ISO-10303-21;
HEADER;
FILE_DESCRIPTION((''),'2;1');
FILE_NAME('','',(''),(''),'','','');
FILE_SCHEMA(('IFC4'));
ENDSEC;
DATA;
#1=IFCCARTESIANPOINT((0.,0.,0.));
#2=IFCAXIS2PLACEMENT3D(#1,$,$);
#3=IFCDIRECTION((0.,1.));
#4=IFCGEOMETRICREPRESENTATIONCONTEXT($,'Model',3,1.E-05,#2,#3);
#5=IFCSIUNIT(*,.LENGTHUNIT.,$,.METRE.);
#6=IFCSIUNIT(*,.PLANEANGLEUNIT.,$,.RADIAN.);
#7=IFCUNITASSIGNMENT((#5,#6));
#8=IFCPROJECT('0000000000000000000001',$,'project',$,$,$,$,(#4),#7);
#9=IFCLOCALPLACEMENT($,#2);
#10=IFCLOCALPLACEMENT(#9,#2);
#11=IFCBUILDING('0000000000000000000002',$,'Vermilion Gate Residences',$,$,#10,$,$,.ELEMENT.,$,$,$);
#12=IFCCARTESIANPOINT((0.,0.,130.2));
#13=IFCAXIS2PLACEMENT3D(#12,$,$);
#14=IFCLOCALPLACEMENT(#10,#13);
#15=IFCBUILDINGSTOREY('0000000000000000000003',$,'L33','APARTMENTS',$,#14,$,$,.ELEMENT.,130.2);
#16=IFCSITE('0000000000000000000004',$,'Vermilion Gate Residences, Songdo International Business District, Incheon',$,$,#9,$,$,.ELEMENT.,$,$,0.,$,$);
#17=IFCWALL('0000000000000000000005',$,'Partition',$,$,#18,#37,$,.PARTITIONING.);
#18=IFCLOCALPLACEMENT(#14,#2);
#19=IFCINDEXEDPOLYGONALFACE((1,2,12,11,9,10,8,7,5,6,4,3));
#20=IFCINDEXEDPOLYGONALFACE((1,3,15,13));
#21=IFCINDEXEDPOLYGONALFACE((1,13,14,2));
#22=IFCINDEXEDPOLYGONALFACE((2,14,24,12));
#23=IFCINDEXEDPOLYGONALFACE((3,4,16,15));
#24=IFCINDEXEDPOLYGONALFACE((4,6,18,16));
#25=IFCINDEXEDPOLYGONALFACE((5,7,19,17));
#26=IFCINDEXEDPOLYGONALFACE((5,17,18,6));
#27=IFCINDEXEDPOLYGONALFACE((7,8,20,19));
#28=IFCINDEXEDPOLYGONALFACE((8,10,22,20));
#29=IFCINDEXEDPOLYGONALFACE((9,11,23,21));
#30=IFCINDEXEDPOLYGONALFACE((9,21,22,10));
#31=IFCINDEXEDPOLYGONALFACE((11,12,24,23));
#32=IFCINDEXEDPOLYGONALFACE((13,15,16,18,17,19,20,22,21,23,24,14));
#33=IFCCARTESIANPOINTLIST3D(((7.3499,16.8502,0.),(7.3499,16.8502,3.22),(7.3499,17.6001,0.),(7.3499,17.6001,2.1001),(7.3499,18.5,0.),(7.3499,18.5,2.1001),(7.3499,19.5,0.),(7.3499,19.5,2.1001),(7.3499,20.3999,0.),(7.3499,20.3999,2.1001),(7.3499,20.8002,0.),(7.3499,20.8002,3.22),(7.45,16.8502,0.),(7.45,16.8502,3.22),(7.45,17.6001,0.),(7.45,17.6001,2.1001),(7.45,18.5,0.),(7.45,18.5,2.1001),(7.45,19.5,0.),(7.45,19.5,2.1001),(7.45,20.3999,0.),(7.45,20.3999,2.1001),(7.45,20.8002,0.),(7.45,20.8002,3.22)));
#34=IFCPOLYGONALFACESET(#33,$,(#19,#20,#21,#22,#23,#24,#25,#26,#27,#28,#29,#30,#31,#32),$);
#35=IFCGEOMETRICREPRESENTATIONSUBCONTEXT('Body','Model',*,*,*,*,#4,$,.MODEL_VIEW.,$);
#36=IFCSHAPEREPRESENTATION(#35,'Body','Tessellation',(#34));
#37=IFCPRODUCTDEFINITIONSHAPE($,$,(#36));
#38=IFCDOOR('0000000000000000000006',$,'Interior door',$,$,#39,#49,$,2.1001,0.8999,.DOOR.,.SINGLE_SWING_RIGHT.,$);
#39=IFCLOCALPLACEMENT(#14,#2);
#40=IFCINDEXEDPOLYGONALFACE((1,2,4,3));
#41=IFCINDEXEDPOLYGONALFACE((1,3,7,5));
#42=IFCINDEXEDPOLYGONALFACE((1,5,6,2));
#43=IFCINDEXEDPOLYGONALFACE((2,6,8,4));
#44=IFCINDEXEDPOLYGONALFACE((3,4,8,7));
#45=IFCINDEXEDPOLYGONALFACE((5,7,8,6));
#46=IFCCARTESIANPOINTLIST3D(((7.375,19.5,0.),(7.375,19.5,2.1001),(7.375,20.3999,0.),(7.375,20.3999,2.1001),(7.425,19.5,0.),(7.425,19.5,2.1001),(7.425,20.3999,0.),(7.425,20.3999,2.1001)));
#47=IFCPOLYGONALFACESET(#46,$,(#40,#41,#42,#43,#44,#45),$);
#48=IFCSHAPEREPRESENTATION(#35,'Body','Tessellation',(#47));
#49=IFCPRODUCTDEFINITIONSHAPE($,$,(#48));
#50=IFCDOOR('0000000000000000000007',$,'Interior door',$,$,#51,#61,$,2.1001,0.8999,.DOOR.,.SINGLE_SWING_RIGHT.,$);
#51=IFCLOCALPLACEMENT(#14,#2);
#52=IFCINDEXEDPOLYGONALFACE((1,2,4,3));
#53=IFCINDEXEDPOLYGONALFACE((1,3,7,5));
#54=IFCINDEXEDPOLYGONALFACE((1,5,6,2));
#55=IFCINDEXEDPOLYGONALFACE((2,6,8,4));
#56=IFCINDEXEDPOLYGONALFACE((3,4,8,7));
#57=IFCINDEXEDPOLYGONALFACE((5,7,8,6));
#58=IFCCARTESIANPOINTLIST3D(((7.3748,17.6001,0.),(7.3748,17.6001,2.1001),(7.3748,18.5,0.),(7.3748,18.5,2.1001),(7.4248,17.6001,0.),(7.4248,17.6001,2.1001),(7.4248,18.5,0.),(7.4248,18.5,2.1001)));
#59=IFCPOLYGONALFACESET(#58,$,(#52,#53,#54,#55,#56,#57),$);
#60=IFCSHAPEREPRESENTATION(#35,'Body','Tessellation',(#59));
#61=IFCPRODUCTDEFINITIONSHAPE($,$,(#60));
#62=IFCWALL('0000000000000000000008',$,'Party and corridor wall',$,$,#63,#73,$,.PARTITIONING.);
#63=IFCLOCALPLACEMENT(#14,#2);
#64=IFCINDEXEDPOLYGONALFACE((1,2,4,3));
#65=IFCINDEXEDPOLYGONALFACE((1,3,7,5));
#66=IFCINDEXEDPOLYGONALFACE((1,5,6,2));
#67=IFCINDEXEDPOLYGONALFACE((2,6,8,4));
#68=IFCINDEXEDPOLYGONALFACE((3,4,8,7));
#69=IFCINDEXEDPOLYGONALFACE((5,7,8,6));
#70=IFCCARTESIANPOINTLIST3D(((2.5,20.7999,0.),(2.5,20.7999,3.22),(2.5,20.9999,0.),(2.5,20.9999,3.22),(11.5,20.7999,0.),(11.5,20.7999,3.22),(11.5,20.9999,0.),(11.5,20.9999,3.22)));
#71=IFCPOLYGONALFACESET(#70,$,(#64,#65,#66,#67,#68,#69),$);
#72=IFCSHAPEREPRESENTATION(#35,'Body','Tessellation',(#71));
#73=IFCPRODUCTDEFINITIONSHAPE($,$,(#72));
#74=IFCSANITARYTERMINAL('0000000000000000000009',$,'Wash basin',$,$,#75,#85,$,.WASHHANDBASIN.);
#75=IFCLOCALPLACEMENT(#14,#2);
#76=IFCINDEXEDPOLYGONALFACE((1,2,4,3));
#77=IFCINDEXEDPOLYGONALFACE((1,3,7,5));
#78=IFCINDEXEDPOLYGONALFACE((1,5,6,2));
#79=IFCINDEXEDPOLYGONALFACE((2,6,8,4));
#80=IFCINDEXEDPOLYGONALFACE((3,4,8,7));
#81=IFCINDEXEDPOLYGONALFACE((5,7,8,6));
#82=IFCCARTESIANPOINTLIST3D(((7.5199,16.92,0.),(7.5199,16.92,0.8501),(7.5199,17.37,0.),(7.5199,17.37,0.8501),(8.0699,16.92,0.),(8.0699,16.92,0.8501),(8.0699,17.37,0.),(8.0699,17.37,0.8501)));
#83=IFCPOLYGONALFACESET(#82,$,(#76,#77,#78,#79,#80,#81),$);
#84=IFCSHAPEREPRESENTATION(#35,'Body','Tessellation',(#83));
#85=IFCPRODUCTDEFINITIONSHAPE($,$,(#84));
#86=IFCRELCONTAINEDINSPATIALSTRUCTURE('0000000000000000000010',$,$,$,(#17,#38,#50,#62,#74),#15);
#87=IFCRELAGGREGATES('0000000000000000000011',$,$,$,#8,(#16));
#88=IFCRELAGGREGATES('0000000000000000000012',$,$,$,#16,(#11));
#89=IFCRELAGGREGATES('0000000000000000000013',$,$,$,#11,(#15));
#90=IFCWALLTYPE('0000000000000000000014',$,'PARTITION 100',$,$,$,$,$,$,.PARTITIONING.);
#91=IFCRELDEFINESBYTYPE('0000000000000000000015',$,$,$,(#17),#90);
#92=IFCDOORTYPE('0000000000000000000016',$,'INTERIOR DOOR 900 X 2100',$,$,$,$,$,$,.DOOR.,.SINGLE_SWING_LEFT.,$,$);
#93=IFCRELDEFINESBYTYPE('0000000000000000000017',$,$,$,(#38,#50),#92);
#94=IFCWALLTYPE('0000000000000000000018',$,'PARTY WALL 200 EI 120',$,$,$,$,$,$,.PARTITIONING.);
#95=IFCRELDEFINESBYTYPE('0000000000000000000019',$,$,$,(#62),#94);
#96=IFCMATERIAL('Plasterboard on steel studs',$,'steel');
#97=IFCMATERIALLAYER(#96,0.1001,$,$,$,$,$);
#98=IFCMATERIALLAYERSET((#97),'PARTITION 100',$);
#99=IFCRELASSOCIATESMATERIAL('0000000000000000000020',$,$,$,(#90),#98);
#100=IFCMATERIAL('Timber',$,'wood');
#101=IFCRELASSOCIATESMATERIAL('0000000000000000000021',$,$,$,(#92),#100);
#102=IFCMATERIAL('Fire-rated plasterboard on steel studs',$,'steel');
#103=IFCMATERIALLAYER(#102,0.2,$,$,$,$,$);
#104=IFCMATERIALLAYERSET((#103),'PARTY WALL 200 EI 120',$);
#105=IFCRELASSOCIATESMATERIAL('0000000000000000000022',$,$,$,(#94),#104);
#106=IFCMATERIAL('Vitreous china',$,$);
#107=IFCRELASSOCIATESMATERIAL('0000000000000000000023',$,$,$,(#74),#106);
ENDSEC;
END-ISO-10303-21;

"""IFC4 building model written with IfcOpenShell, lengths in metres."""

from ifc_helpers import new_model, si_unit, direction, frame, frame_2d, origin, origin_2d, place, context, subcontext, project, spatial, rectangle, extrude, material, layer, layer_set, type_object, element, fill, save


model = new_model("IFC4")

# Units and contexts
model_context = context("Model", 3, precision=1e-05, world=origin(), true_north=direction((0.0, 1.0)))
body_context = subcontext(model_context, "Body", "Model", "MODEL_VIEW")
ifc_project = project(units=[si_unit("LENGTHUNIT", "METRE"), si_unit("PLANEANGLEUNIT", "RADIAN")], contexts=[model_context])

# Site, building, storey
site_placement = place(None, origin())
site = spatial("IfcSite", under=ifc_project, at=site_placement, Name="Vermilion Gate Residences, Songdo International Business District, Incheon", CompositionType="ELEMENT", RefElevation=0.0)
building_placement = place(site_placement, origin())
building = spatial("IfcBuilding", under=site, at=building_placement, Name="Vermilion Gate Residences", CompositionType="ELEMENT")
storey_placement = place(building_placement, frame((0.0, 0.0, 130.2)))
storey = spatial("IfcBuildingStorey", under=building, at=storey_placement, Name="L33", Description="APARTMENTS", CompositionType="ELEMENT", Elevation=130.2)

# Shared definitions
ifc_material_1 = material(Name="Plasterboard on steel studs", Category="steel")
ifc_layer_1 = layer(ifc_material_1, 0.1001)
ifc_layer_set_1 = layer_set([ifc_layer_1], Name="PARTITION 100")
wall_type_1 = type_object("IfcWallType", Name="PARTITION 100", PredefinedType="PARTITIONING", material=ifc_layer_set_1)
ifc_material_2 = material(Name="Timber", Category="wood")
door_type = type_object("IfcDoorType", Name="INTERIOR DOOR 900 X 2100", OperationType="SINGLE_SWING_LEFT", PredefinedType="DOOR", material=ifc_material_2)

# Wall, openings, doors
wall_1_placement = place(storey_placement, frame((7.3999, 16.8501, 0.0), z_axis=(0.0, 0.0, 1.0), x_axis=(0.0, 1.0, 0.0)))
wall_1 = element("IfcWall", 1, at=wall_1_placement, inside=storey, type_object=wall_type_1, Name="Partition", PredefinedType="PARTITIONING", context=body_context, shape_type="SweptSolid", body=[
    extrude(rectangle(XDim=3.95, YDim=0.1001, at=frame_2d((1.9751, 0.0))), origin(), (0.0, 0.0, 1.0), 3.22),
])
opening_1_placement = place(wall_1_placement, frame((2.6499, 0.0, 0.0)))
opening_1 = element("IfcOpeningElement", 2, at=opening_1_placement, cuts=wall_1, PredefinedType="OPENING", context=body_context, shape_type="SweptSolid", body=[
    extrude(rectangle(XDim=0.8999, YDim=2.1001, at=frame_2d((0.45, 1.05))), frame((0.0, 0.0601, 0.0), z_axis=(0.0, -1.0, 0.0), x_axis=(1.0, 0.0, 0.0)), (0.0, 0.0, 1.0), 0.1201),
])
opening_2_placement = place(wall_1_placement, frame((0.75, 0.0, 0.0)))
opening_2 = element("IfcOpeningElement", 3, at=opening_2_placement, cuts=wall_1, PredefinedType="OPENING", context=body_context, shape_type="SweptSolid", body=[
    extrude(rectangle(XDim=0.8999, YDim=2.1001, at=frame_2d((0.45, 1.05))), frame((0.0, 0.0601, 0.0), z_axis=(0.0, -1.0, 0.0), x_axis=(1.0, 0.0, 0.0)), (0.0, 0.0, 1.0), 0.1201),
])
door_1_placement = place(opening_1_placement, origin())
door_1 = element("IfcDoor", 4, at=door_1_placement, inside=storey, type_object=door_type, Name="Interior door", OperationType="SINGLE_SWING_RIGHT", OverallHeight=2.1001, OverallWidth=0.8999, PredefinedType="DOOR", context=body_context, shape_type="SweptSolid", body=[
    extrude(rectangle(XDim=0.8999, YDim=2.1001, at=frame_2d((0.45, 1.05))), frame((0.0, 0.0249, 0.0), z_axis=(0.0, -1.0, 0.0), x_axis=(1.0, 0.0, 0.0)), (0.0, 0.0, 1.0), 0.05),
])
fill(opening_1, door_1)
door_2_placement = place(opening_2_placement, frame((0.8999, 0.0, 0.0), z_axis=(0.0, 0.0, 1.0), x_axis=(-1.0, 0.0, 0.0)))
door_2 = element("IfcDoor", 5, at=door_2_placement, inside=storey, type_object=door_type, Name="Interior door", OperationType="SINGLE_SWING_RIGHT", OverallHeight=2.1001, OverallWidth=0.8999, PredefinedType="DOOR", context=body_context, shape_type="SweptSolid", body=[
    extrude(rectangle(XDim=0.8999, YDim=2.1001, at=frame_2d((0.45, 1.05))), frame((0.0, 0.0249, 0.0), z_axis=(0.0, -1.0, 0.0), x_axis=(1.0, 0.0, 0.0)), (0.0, 0.0, 1.0), 0.05),
])
fill(opening_2, door_2)

# Wall
ifc_material_3 = material(Name="Fire-rated plasterboard on steel studs", Category="steel")
ifc_layer_2 = layer(ifc_material_3, 0.2)
ifc_layer_set_2 = layer_set([ifc_layer_2], Name="PARTY WALL 200 EI 120")
wall_type_2 = type_object("IfcWallType", Name="PARTY WALL 200 EI 120", PredefinedType="PARTITIONING", material=ifc_layer_set_2)
wall_2_placement = place(storey_placement, frame((2.5, 20.8999, 0.0), z_axis=(0.0, 0.0, 1.0), x_axis=(1.0, 0.0, 0.0)))
element("IfcWall", 6, at=wall_2_placement, inside=storey, type_object=wall_type_2, Name="Party and corridor wall", PredefinedType="PARTITIONING", context=body_context, shape_type="SweptSolid", body=[
    extrude(rectangle(XDim=9.0, YDim=0.2, at=frame_2d((4.5, 0.0))), origin(), (0.0, 0.0, 1.0), 3.22),
])

# Sanitary terminal
ifc_material_4 = material(Name="Vitreous china")
sanitary_terminal_placement = place(storey_placement, frame((7.7949, 17.145, 0.0), z_axis=(0.0, 0.0, 1.0), x_axis=(1.0, 0.0, 0.0)))
element("IfcSanitaryTerminal", 7, at=sanitary_terminal_placement, inside=storey, material=ifc_material_4, Name="Wash basin", PredefinedType="WASHHANDBASIN", context=body_context, shape_type="SweptSolid", body=[
    extrude(rectangle(XDim=0.55, YDim=0.45, at=origin_2d()), origin(), (0.0, 0.0, 1.0), 0.8501),
])

save(model, "model.ifc")
